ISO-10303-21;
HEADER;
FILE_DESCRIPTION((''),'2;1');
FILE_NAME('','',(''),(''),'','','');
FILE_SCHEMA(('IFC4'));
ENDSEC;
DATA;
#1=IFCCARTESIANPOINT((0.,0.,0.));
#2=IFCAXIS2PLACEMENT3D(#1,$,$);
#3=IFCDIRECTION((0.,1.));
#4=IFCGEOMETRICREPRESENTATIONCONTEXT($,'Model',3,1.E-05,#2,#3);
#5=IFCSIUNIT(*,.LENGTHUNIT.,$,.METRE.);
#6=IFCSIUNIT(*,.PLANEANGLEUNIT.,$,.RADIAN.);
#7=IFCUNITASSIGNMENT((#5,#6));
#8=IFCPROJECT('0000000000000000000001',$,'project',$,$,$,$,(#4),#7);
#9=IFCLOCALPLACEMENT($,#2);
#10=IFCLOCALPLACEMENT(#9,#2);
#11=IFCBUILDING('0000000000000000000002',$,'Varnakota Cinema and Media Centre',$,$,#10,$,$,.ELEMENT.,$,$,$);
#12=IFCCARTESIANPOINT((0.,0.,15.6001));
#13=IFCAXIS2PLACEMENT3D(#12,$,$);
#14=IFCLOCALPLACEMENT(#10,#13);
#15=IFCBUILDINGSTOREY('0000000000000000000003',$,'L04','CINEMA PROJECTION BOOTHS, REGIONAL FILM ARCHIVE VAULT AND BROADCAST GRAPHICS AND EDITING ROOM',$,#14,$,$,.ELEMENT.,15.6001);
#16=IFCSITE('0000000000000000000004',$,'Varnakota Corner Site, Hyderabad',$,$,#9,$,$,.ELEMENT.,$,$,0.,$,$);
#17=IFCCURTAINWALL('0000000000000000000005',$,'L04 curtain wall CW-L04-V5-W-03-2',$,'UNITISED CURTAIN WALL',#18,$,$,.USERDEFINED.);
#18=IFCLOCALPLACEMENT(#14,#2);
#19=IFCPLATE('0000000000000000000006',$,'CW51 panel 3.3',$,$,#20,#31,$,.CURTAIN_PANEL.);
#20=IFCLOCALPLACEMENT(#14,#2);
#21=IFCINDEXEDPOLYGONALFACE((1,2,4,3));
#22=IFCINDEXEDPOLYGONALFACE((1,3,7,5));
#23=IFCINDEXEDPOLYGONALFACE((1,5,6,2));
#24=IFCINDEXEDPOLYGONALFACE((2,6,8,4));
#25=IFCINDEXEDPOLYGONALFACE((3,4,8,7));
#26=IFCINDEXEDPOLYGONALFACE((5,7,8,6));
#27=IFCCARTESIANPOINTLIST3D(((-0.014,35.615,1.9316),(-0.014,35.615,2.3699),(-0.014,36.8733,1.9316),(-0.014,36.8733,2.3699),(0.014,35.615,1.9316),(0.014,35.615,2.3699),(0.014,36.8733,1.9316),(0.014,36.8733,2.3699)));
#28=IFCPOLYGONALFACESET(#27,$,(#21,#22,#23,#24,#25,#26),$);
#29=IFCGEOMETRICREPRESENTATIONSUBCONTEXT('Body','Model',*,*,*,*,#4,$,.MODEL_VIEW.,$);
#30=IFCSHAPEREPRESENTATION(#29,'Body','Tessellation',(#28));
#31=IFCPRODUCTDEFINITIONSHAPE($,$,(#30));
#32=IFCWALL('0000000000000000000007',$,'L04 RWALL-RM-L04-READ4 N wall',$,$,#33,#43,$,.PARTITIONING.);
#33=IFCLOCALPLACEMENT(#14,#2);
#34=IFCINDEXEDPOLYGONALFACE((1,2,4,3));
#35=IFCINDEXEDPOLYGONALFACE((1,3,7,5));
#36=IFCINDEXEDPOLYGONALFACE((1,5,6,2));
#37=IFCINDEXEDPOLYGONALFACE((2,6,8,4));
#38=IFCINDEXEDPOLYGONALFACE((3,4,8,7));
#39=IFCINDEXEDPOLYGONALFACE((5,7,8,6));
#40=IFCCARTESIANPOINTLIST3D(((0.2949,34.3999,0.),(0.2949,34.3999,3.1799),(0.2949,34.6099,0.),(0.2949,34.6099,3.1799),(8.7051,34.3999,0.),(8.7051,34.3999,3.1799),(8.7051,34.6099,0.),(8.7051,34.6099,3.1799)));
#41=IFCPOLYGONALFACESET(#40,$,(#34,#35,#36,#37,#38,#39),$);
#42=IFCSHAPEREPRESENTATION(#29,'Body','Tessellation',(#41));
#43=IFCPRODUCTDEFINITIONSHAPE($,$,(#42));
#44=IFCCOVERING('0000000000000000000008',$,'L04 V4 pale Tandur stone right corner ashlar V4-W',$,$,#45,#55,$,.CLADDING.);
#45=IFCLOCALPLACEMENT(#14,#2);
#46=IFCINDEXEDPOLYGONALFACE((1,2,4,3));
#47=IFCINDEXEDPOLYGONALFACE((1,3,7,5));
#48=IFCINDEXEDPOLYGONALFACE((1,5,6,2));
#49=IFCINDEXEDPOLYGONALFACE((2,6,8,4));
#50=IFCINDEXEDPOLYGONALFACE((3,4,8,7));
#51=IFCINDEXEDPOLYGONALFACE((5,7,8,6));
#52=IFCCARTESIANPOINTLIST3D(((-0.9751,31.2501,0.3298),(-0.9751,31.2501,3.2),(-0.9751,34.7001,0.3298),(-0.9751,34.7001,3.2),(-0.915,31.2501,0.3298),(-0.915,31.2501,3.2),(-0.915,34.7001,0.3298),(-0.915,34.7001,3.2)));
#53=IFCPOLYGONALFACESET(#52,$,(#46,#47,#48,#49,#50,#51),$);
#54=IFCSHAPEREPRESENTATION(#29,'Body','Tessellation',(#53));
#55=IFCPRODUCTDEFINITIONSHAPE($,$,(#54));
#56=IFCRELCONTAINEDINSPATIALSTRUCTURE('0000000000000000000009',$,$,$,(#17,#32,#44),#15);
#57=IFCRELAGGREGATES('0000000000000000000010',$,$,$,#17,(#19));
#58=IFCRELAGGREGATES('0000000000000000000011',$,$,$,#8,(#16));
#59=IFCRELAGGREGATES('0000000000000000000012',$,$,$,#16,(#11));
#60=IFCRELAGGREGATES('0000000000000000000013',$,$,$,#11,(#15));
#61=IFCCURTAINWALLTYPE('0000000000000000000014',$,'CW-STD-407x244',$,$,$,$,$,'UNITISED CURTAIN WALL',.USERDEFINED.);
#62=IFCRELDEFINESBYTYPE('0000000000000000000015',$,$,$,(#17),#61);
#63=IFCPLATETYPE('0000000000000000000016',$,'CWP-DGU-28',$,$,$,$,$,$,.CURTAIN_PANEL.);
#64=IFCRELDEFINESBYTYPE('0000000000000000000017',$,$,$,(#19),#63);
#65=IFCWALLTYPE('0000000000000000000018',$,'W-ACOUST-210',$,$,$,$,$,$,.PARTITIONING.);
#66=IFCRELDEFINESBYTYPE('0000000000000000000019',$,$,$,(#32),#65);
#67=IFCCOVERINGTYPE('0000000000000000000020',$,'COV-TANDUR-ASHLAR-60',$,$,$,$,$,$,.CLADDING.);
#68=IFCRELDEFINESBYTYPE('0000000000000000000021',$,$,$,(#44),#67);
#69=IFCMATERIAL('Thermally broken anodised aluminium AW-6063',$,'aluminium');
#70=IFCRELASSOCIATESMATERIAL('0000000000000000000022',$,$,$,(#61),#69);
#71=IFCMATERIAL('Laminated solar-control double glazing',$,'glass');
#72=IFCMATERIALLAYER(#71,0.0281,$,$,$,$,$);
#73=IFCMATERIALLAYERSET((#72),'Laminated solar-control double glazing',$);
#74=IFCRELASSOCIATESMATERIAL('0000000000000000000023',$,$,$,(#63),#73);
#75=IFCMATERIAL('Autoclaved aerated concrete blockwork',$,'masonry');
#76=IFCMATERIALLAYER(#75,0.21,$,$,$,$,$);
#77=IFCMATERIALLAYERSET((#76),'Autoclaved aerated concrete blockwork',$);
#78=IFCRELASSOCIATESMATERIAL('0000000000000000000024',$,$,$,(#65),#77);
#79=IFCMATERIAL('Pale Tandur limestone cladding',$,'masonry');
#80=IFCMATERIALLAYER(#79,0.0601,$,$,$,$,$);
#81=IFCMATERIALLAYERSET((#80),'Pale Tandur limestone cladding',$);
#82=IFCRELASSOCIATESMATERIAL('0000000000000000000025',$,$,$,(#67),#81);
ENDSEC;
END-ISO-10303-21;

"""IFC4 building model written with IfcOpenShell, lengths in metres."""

from ifc_helpers import new_model, si_unit, direction, frame, frame_2d, origin, origin_2d, place, context, subcontext, project, spatial, rectangle, extrude, material, layer, layer_set, type_object, element, aggregate, save


model = new_model("IFC4")

# Units and contexts
model_context = context("Model", 3, precision=1e-05, world=origin(), true_north=direction((0.0, 1.0)))
body_context = subcontext(model_context, "Body", "Model", "MODEL_VIEW")
ifc_project = project(units=[si_unit("LENGTHUNIT", "METRE"), si_unit("PLANEANGLEUNIT", "RADIAN")], contexts=[model_context])

# Site, building, storey
site_placement = place(None, origin())
site = spatial("IfcSite", under=ifc_project, at=site_placement, Name="Varnakota Corner Site, Hyderabad", CompositionType="ELEMENT", RefElevation=0.0)
building_placement = place(site_placement, origin())
building = spatial("IfcBuilding", under=site, at=building_placement, Name="Varnakota Cinema and Media Centre", CompositionType="ELEMENT")
storey_placement = place(building_placement, frame((0.0, 0.0, 15.6001)))
storey = spatial("IfcBuildingStorey", under=building, at=storey_placement, Name="L04", Description="CINEMA PROJECTION BOOTHS, REGIONAL FILM ARCHIVE VAULT AND BROADCAST GRAPHICS AND EDITING ROOM", CompositionType="ELEMENT", Elevation=15.6001)

# Shared definitions
ifc_material_1 = material(Name="Thermally broken anodised aluminium AW-6063", Category="aluminium")
curtain_wall_type = type_object("IfcCurtainWallType", Name="CW-STD-407x244", ElementType="UNITISED CURTAIN WALL", PredefinedType="USERDEFINED", material=ifc_material_1)

# Curtain wall
curtain_wall_1_placement = place(storey_placement, origin())
curtain_wall_1 = element("IfcCurtainWall", 1, at=curtain_wall_1_placement, inside=storey, type_object=curtain_wall_type, Name="L04 curtain wall CW-L04-V5-W-03-2", ObjectType="UNITISED CURTAIN WALL", PredefinedType="USERDEFINED")

# Plate
ifc_material_2 = material(Name="Laminated solar-control double glazing", Category="glass")
ifc_layer_1 = layer(ifc_material_2, 0.0281)
ifc_layer_set_1 = layer_set([ifc_layer_1], Name="Laminated solar-control double glazing")
plate_type = type_object("IfcPlateType", Name="CWP-DGU-28", PredefinedType="CURTAIN_PANEL", material=ifc_layer_set_1)
plate_1_placement = place(storey_placement, frame((0.0, 36.2441, 1.9316), z_axis=(0.0, 0.0, 1.0), x_axis=(0.0, -1.0, 0.0)))
plate_1 = element("IfcPlate", 2, at=plate_1_placement, type_object=plate_type, Name="CW51 panel 3.3", PredefinedType="CURTAIN_PANEL", context=body_context, shape_type="SweptSolid", body=[
    extrude(rectangle(XDim=1.2583, YDim=0.0281, at=origin_2d()), origin(), (0.0, 0.0, 1.0), 0.4382),
])
aggregate(curtain_wall_1, [plate_1])

# Wall
ifc_material_3 = material(Name="Autoclaved aerated concrete blockwork", Category="masonry")
ifc_layer_2 = layer(ifc_material_3, 0.21)
ifc_layer_set_2 = layer_set([ifc_layer_2], Name="Autoclaved aerated concrete blockwork")
wall_type = type_object("IfcWallType", Name="W-ACOUST-210", PredefinedType="PARTITIONING", material=ifc_layer_set_2)
wall_placement = place(storey_placement, frame((0.2949, 34.5049, 0.0), z_axis=(0.0, 0.0, 1.0), x_axis=(1.0, 0.0, 0.0)))
element("IfcWall", 3, at=wall_placement, inside=storey, type_object=wall_type, Name="L04 RWALL-RM-L04-READ4 N wall", PredefinedType="PARTITIONING", context=body_context, shape_type="SweptSolid", body=[
    extrude(rectangle(XDim=8.4102, YDim=0.21, at=frame_2d((4.2051, 0.0))), origin(), (0.0, 0.0, 1.0), 3.1799),
])

# Covering
ifc_material_4 = material(Name="Pale Tandur limestone cladding", Category="masonry")
ifc_layer_3 = layer(ifc_material_4, 0.0601)
ifc_layer_set_3 = layer_set([ifc_layer_3], Name="Pale Tandur limestone cladding")
covering_type = type_object("IfcCoveringType", Name="COV-TANDUR-ASHLAR-60", PredefinedType="CLADDING", material=ifc_layer_set_3)
covering_placement = place(storey_placement, frame((-0.9451, 32.9751, 0.3298), z_axis=(0.0, 0.0, 1.0), x_axis=(0.0, 1.0, 0.0)))
element("IfcCovering", 4, at=covering_placement, inside=storey, type_object=covering_type, Name="L04 V4 pale Tandur stone right corner ashlar V4-W", PredefinedType="CLADDING", context=body_context, shape_type="SweptSolid", body=[
    extrude(rectangle(XDim=3.45, YDim=0.0601, at=origin_2d()), origin(), (0.0, 0.0, 1.0), 2.8701),
])

save(model, "model.ifc")
